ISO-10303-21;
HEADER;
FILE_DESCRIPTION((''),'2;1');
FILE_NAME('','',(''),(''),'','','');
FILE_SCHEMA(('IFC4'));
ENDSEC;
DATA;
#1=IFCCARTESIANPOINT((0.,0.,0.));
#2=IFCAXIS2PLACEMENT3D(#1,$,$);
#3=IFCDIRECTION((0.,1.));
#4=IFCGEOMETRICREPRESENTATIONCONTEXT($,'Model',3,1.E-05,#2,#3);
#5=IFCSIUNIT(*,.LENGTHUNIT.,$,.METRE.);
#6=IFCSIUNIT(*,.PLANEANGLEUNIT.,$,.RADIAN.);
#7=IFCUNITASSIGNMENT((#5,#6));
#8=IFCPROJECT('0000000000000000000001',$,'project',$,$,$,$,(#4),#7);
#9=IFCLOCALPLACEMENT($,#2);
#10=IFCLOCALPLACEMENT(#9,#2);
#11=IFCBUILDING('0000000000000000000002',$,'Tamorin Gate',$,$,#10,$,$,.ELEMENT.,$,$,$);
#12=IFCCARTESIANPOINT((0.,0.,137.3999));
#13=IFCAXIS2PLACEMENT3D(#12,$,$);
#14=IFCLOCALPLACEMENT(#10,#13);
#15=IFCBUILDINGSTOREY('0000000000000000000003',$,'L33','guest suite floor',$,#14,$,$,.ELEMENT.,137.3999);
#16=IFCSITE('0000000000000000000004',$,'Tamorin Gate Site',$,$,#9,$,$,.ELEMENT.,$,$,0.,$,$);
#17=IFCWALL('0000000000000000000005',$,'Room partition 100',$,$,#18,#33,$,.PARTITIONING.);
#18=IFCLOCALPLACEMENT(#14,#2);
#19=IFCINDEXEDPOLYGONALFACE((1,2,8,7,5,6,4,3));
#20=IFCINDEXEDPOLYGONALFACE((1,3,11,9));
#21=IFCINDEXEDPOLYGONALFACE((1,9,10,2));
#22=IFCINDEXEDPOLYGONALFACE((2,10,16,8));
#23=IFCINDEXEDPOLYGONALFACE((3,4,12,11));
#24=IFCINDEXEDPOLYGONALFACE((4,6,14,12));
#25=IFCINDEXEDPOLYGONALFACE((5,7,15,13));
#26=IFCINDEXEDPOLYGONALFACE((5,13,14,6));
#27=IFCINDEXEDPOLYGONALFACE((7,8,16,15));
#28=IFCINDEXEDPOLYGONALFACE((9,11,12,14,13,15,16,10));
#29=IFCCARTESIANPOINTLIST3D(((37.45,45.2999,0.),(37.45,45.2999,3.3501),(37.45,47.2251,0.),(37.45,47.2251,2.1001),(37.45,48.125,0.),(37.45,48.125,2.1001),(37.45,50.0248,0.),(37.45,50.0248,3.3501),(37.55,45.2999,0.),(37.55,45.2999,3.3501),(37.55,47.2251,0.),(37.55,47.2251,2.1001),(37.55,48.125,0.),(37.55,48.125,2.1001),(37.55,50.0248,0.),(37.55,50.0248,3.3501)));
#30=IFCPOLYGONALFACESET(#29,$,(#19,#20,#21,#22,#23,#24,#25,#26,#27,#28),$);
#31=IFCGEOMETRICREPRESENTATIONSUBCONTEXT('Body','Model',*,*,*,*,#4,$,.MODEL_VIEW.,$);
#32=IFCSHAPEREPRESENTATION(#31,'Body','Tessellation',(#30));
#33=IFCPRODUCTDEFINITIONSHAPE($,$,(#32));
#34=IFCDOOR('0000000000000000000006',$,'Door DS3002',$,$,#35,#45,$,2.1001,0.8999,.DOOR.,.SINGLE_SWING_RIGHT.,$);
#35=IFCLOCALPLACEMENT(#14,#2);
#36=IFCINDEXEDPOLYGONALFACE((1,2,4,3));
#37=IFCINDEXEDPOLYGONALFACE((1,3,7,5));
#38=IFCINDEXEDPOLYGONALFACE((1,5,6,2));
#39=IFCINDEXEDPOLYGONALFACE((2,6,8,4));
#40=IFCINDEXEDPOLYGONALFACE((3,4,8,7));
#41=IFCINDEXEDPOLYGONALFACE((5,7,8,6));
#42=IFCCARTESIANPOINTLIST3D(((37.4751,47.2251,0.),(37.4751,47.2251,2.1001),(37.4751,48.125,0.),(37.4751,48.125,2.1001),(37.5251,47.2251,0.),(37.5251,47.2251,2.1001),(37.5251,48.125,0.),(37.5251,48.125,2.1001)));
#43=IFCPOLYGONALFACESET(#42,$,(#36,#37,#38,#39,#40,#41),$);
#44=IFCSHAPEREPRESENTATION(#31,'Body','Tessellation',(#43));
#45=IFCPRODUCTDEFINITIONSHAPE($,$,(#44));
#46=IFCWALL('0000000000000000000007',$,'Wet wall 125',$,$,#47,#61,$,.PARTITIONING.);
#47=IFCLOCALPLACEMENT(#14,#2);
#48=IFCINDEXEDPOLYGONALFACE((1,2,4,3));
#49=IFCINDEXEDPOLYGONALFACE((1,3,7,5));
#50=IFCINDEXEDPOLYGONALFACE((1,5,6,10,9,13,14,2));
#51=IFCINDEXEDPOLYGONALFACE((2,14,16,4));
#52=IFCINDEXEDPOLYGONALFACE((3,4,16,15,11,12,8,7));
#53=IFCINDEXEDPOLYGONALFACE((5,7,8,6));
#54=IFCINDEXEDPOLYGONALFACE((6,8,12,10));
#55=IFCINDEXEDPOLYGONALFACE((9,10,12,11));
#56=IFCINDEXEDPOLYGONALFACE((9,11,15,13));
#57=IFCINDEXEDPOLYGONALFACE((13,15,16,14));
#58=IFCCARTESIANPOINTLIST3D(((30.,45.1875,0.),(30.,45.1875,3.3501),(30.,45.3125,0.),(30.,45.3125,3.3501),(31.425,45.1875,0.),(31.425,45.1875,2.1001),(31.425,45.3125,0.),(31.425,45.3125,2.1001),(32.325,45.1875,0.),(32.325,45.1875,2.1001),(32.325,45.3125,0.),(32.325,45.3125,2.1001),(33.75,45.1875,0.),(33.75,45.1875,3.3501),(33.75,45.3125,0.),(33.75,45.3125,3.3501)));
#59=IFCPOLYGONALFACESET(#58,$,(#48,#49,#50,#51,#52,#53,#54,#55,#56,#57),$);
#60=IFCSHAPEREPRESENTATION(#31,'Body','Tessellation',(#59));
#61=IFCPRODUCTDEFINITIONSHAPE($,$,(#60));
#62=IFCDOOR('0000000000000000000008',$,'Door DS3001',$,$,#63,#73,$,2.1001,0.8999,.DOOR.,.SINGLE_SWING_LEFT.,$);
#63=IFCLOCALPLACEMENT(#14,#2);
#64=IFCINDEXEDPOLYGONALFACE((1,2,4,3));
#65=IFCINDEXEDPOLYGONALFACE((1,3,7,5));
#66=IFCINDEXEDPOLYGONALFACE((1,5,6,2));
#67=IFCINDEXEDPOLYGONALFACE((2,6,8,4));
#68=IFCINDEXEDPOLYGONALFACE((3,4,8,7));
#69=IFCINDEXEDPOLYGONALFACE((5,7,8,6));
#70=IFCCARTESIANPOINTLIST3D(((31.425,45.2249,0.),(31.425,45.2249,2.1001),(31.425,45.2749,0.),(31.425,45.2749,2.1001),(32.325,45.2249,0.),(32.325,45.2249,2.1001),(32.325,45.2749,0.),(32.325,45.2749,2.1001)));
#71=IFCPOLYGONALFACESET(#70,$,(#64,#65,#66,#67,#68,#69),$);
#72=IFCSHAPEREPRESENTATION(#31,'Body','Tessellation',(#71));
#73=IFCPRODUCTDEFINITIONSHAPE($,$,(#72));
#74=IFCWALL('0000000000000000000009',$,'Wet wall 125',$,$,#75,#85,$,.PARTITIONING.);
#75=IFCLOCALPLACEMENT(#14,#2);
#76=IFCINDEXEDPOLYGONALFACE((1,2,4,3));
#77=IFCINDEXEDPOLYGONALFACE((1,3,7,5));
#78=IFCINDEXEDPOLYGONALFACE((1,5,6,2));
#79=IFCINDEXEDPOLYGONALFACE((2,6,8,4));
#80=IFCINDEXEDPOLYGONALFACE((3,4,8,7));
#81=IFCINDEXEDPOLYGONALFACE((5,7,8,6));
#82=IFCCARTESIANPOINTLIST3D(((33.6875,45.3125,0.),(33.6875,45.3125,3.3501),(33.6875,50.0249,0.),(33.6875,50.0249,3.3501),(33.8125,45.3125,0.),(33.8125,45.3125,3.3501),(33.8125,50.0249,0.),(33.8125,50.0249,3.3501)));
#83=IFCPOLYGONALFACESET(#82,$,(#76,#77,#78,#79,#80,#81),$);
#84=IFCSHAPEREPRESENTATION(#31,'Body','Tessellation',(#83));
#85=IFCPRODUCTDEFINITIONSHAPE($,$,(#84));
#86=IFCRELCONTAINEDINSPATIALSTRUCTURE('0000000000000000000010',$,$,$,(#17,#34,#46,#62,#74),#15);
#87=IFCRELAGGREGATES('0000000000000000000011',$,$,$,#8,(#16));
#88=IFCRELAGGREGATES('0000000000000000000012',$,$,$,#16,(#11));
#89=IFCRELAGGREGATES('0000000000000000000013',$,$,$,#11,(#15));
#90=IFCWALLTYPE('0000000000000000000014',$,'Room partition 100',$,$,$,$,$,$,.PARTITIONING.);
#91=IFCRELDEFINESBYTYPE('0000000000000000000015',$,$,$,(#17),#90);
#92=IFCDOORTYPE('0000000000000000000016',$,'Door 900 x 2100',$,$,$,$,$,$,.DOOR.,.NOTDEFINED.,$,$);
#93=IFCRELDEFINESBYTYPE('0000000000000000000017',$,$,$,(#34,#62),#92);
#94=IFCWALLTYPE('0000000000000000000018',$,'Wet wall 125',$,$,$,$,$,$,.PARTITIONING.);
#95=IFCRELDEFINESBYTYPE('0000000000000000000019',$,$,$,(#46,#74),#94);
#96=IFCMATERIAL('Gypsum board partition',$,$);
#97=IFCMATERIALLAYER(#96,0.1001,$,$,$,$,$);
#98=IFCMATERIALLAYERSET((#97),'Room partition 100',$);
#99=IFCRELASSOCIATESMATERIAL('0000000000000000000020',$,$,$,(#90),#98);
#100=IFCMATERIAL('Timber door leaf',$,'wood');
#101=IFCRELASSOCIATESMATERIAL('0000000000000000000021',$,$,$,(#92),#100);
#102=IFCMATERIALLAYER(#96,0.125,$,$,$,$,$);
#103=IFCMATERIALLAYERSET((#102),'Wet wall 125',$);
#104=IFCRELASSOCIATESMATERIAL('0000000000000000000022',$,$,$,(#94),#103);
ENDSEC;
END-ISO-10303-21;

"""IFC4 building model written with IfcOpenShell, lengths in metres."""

from ifc_helpers import new_model, si_unit, direction, frame, frame_2d, origin, place, context, subcontext, project, spatial, rectangle, extrude, material, layer, layer_set, type_object, element, fill, save


model = new_model("IFC4")

# Units and contexts
model_context = context("Model", 3, precision=1e-05, world=origin(), true_north=direction((0.0, 1.0)))
body_context = subcontext(model_context, "Body", "Model", "MODEL_VIEW")
ifc_project = project(units=[si_unit("LENGTHUNIT", "METRE"), si_unit("PLANEANGLEUNIT", "RADIAN")], contexts=[model_context])

# Site, building, storey
site_placement = place(None, origin())
site = spatial("IfcSite", under=ifc_project, at=site_placement, Name="Tamorin Gate Site", CompositionType="ELEMENT", RefElevation=0.0)
building_placement = place(site_placement, origin())
building = spatial("IfcBuilding", under=site, at=building_placement, Name="Tamorin Gate", CompositionType="ELEMENT")
storey_placement = place(building_placement, frame((0.0, 0.0, 137.3999)))
storey = spatial("IfcBuildingStorey", under=building, at=storey_placement, Name="L33", Description="guest suite floor", CompositionType="ELEMENT", Elevation=137.3999)

# Shared definitions
ifc_material_1 = material(Name="Gypsum board partition")
ifc_material_2 = material(Name="Timber door leaf", Category="wood")

# Shared definitions
ifc_layer_1 = layer(ifc_material_1, 0.1001)
ifc_layer_set_1 = layer_set([ifc_layer_1], Name="Room partition 100")
wall_type_1 = type_object("IfcWallType", Name="Room partition 100", PredefinedType="PARTITIONING", material=ifc_layer_set_1)
door_type_1 = type_object("IfcDoorType", Name="Door 900 x 2100", OperationType="NOTDEFINED", PredefinedType="DOOR", material=ifc_material_2)

# Walls, openings, doors
wall_1_placement = place(storey_placement, frame((37.5, 45.3, 0.0), z_axis=(0.0, 0.0, 1.0), x_axis=(0.0, 1.0, 0.0)))
wall_1 = element("IfcWall", 1, at=wall_1_placement, inside=storey, type_object=wall_type_1, Name="Room partition 100", PredefinedType="PARTITIONING", context=body_context, shape_type="SweptSolid", body=[
    extrude(rectangle(XDim=4.7249, YDim=0.1001, at=frame_2d((2.3623, 0.0))), origin(), (0.0, 0.0, 1.0), 3.3501),
])
opening_1_placement = place(wall_1_placement, frame((1.925, 0.0, 0.0)))
opening_1 = element("IfcOpeningElement", 2, at=opening_1_placement, cuts=wall_1, PredefinedType="OPENING", context=body_context, shape_type="SweptSolid", body=[
    extrude(rectangle(XDim=0.8999, YDim=2.1001, at=frame_2d((0.45, 1.05))), frame((0.0, 0.0601, 0.0), z_axis=(0.0, -1.0, 0.0), x_axis=(1.0, 0.0, 0.0)), (0.0, 0.0, 1.0), 0.1201),
])
door_1_placement = place(opening_1_placement, origin())
door_1 = element("IfcDoor", 3, at=door_1_placement, inside=storey, type_object=door_type_1, Name="Door DS3002", OperationType="SINGLE_SWING_RIGHT", OverallHeight=2.1001, OverallWidth=0.8999, PredefinedType="DOOR", context=body_context, shape_type="SweptSolid", body=[
    extrude(rectangle(XDim=0.8999, YDim=2.1001, at=frame_2d((0.45, 1.05))), frame((0.0, 0.0249, 0.0), z_axis=(0.0, -1.0, 0.0), x_axis=(1.0, 0.0, 0.0)), (0.0, 0.0, 1.0), 0.05),
])
fill(opening_1, door_1)
ifc_layer_2 = layer(ifc_material_1, 0.125)
ifc_layer_set_2 = layer_set([ifc_layer_2], Name="Wet wall 125")
wall_type_2 = type_object("IfcWallType", Name="Wet wall 125", PredefinedType="PARTITIONING", material=ifc_layer_set_2)
wall_2_placement = place(storey_placement, frame((30.0, 45.25, 0.0), z_axis=(0.0, 0.0, 1.0), x_axis=(1.0, 0.0, 0.0)))
wall_2 = element("IfcWall", 4, at=wall_2_placement, inside=storey, type_object=wall_type_2, Name="Wet wall 125", PredefinedType="PARTITIONING", context=body_context, shape_type="SweptSolid", body=[
    extrude(rectangle(XDim=3.75, YDim=0.125, at=frame_2d((1.875, 0.0))), origin(), (0.0, 0.0, 1.0), 3.3501),
])
opening_2_placement = place(wall_2_placement, frame((1.425, 0.0, 0.0)))
opening_2 = element("IfcOpeningElement", 5, at=opening_2_placement, cuts=wall_2, PredefinedType="OPENING", context=body_context, shape_type="SweptSolid", body=[
    extrude(rectangle(XDim=0.8999, YDim=2.1001, at=frame_2d((0.45, 1.05))), frame((0.0, 0.0725, 0.0), z_axis=(0.0, -1.0, 0.0), x_axis=(1.0, 0.0, 0.0)), (0.0, 0.0, 1.0), 0.145),
])
door_2_placement = place(opening_2_placement, origin())
door_2 = element("IfcDoor", 6, at=door_2_placement, inside=storey, type_object=door_type_1, Name="Door DS3001", OperationType="SINGLE_SWING_LEFT", OverallHeight=2.1001, OverallWidth=0.8999, PredefinedType="DOOR", context=body_context, shape_type="SweptSolid", body=[
    extrude(rectangle(XDim=0.8999, YDim=2.1001, at=frame_2d((0.45, 1.05))), frame((0.0, 0.0249, 0.0), z_axis=(0.0, -1.0, 0.0), x_axis=(1.0, 0.0, 0.0)), (0.0, 0.0, 1.0), 0.05),
])
fill(opening_2, door_2)

# Wall
wall_3_placement = place(storey_placement, frame((33.75, 45.3125, 0.0), z_axis=(0.0, 0.0, 1.0), x_axis=(0.0, 1.0, 0.0)))
element("IfcWall", 7, at=wall_3_placement, inside=storey, type_object=wall_type_2, Name="Wet wall 125", PredefinedType="PARTITIONING", context=body_context, shape_type="SweptSolid", body=[
    extrude(rectangle(XDim=4.7124, YDim=0.125, at=frame_2d((2.3562, 0.0))), origin(), (0.0, 0.0, 1.0), 3.3501),
])

save(model, "model.ifc")
